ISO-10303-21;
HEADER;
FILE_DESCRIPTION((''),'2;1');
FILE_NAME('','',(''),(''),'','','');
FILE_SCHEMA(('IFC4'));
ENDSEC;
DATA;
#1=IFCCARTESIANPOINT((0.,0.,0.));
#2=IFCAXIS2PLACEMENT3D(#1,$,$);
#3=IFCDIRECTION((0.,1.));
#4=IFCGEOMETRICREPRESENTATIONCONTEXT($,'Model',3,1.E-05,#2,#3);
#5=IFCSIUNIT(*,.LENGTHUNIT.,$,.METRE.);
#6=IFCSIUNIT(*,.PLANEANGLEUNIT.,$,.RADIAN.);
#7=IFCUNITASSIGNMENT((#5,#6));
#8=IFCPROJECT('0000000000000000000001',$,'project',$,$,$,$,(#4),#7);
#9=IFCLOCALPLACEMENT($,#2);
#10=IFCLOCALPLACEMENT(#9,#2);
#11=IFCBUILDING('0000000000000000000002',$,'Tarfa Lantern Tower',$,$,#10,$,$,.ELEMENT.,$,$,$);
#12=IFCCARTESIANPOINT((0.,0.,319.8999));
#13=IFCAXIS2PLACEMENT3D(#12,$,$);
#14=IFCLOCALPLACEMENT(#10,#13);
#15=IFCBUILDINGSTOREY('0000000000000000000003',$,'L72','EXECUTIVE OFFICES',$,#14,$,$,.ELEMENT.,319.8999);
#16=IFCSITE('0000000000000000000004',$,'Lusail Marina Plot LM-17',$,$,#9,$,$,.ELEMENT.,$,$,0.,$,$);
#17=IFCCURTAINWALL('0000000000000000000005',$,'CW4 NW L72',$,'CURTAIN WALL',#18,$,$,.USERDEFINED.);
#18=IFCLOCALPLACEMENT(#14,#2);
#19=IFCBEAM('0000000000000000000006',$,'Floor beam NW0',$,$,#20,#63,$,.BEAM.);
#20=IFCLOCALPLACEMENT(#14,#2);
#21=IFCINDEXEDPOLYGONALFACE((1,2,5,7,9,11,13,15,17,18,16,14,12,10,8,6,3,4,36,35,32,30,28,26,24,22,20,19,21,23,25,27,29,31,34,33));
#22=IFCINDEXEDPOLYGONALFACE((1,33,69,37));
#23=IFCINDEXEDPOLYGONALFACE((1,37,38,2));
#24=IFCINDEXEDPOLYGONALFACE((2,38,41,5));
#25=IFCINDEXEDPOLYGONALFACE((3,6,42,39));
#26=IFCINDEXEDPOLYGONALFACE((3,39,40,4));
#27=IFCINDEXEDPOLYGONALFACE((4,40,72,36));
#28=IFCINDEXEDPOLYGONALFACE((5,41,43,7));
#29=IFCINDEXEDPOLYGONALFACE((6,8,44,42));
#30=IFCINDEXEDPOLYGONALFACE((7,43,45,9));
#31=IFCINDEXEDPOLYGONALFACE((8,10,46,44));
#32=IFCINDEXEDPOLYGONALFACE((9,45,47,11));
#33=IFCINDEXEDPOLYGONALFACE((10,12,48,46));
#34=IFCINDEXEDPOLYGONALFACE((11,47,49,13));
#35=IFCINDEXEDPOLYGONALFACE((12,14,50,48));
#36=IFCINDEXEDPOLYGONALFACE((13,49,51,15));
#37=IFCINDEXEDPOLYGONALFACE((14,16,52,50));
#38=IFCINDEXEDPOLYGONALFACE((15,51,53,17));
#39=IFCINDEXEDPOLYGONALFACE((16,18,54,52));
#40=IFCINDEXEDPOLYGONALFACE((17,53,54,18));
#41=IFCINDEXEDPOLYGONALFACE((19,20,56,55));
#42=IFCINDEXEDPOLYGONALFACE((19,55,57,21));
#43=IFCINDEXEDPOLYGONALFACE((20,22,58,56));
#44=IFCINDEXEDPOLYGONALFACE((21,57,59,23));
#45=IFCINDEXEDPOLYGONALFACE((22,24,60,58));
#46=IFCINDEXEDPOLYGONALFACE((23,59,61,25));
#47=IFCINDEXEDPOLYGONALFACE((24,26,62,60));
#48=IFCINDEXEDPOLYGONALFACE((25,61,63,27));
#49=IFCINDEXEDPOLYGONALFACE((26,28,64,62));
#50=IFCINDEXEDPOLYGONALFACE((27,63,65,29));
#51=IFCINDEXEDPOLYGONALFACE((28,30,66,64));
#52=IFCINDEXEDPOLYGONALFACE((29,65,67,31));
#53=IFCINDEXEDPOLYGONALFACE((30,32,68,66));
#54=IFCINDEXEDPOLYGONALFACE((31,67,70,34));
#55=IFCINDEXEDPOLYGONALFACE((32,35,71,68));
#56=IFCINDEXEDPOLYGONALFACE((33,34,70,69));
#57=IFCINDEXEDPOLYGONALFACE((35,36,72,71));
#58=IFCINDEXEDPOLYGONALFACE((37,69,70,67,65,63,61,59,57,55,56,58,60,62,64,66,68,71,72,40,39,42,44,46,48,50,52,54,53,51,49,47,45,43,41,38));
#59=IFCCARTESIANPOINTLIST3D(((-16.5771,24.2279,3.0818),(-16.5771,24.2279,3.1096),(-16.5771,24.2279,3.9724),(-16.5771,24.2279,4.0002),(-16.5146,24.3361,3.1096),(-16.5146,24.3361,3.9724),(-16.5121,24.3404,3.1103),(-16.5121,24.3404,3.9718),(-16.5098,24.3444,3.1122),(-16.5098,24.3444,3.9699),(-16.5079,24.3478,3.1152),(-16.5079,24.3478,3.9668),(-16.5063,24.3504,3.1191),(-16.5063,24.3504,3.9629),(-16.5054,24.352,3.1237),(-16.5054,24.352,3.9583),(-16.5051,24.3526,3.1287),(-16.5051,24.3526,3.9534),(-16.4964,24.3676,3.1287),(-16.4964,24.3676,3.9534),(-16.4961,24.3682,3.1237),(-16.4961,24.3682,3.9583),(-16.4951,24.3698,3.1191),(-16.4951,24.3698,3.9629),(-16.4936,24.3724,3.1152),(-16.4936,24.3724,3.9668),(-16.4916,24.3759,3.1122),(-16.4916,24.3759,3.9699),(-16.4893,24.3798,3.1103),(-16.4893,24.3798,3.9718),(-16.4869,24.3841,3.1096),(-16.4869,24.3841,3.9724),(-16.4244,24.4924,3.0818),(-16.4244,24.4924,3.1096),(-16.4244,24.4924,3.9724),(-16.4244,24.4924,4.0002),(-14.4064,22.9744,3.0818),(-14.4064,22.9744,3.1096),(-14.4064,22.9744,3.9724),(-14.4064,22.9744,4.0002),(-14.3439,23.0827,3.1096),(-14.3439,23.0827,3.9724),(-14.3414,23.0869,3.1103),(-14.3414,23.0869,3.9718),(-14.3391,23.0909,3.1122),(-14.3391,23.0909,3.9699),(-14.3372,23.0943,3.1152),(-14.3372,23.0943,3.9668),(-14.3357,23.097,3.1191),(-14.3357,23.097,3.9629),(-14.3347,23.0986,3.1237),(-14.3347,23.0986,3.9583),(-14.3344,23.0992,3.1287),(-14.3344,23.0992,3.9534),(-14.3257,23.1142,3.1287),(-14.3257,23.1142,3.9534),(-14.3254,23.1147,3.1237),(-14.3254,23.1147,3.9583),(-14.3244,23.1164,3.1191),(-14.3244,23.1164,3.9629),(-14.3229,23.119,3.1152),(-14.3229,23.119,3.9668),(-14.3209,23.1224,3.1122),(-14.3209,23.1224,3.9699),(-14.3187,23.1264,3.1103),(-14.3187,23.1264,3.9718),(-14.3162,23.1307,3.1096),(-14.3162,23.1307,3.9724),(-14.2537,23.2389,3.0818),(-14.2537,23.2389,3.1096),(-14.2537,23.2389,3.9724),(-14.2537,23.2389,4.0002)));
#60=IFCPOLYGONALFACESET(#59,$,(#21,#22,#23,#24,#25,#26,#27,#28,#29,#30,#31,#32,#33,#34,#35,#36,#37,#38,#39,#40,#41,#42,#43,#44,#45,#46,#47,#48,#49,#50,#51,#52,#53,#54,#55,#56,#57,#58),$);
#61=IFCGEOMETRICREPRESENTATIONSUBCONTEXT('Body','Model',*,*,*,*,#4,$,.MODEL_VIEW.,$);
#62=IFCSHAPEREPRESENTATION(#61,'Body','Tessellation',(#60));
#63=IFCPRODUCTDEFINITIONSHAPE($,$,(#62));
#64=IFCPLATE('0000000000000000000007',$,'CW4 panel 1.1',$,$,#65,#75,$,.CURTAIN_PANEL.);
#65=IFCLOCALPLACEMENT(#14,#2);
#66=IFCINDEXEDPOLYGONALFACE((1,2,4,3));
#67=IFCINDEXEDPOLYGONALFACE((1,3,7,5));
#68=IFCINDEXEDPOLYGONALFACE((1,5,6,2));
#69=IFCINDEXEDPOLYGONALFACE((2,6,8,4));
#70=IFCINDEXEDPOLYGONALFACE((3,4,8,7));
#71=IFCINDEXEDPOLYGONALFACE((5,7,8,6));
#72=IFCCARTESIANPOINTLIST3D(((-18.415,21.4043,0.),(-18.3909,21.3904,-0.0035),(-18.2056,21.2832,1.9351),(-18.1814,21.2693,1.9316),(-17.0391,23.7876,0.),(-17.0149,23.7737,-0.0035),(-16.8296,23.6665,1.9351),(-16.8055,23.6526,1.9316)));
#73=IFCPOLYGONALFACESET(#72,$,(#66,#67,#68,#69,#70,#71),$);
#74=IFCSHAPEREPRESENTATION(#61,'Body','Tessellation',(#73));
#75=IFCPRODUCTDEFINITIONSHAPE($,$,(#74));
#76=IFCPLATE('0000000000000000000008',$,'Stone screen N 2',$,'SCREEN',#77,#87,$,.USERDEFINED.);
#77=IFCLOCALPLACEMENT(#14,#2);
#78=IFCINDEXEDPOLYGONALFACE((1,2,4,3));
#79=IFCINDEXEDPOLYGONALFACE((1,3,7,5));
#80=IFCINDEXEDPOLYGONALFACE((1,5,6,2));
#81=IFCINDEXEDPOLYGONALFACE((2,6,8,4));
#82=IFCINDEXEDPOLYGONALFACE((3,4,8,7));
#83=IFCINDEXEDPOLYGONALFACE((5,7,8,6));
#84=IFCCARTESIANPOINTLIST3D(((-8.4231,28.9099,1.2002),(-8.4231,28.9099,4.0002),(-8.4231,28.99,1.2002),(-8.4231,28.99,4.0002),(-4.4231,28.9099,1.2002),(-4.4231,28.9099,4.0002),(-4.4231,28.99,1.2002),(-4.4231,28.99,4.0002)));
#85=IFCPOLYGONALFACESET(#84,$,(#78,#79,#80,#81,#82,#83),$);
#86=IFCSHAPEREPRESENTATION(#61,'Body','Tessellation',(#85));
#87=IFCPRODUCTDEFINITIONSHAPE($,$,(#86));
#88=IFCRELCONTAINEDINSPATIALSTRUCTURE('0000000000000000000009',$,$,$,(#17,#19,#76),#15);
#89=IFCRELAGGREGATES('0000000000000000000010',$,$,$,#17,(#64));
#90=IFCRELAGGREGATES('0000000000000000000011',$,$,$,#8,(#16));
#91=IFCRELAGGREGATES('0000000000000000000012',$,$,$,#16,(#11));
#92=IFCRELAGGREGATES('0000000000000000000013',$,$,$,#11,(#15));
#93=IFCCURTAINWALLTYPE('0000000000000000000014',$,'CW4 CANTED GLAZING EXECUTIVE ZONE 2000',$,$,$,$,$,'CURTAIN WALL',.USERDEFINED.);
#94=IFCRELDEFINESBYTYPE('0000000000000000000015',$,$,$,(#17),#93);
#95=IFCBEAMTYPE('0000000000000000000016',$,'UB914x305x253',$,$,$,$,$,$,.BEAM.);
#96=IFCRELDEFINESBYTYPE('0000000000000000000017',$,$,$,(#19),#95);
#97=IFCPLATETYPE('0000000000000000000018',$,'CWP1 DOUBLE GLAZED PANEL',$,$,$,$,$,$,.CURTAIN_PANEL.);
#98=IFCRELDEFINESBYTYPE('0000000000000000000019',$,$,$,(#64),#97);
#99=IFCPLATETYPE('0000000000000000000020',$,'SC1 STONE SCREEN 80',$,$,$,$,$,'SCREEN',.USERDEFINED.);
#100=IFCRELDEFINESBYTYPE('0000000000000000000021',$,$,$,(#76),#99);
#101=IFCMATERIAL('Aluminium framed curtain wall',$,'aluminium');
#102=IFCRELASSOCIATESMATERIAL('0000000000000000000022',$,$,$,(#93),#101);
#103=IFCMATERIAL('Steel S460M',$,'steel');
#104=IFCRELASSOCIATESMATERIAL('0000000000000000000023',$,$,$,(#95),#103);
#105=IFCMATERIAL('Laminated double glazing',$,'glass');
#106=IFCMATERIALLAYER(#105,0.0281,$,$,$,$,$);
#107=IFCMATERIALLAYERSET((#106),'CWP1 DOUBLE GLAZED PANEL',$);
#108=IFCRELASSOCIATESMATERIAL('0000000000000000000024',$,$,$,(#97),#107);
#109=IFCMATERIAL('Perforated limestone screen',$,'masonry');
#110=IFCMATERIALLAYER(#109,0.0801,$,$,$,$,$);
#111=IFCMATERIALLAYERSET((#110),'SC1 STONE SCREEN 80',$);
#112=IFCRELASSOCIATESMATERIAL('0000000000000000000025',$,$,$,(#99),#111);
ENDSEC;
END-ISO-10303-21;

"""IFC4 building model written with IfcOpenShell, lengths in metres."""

from ifc_helpers import new_model, si_unit, direction, frame, origin, origin_2d, place, context, subcontext, project, spatial, polyline, rectangle, i_section, outline, extrude, material, layer, layer_set, material_profile, profile_set, type_object, element, aggregate, save


model = new_model("IFC4")

# Units and contexts
model_context = context("Model", 3, precision=1e-05, world=origin(), true_north=direction((0.0, 1.0)))
body_context = subcontext(model_context, "Body", "Model", "MODEL_VIEW")
ifc_project = project(units=[si_unit("LENGTHUNIT", "METRE"), si_unit("PLANEANGLEUNIT", "RADIAN")], contexts=[model_context])

# Site, building, storey
site_placement = place(None, origin())
site = spatial("IfcSite", under=ifc_project, at=site_placement, Name="Lusail Marina Plot LM-17", CompositionType="ELEMENT", RefElevation=0.0)
building_placement = place(site_placement, origin())
building = spatial("IfcBuilding", under=site, at=building_placement, Name="Tarfa Lantern Tower", CompositionType="ELEMENT")
storey_placement = place(building_placement, frame((0.0, 0.0, 319.8999)))
storey = spatial("IfcBuildingStorey", under=building, at=storey_placement, Name="L72", Description="EXECUTIVE OFFICES", CompositionType="ELEMENT", Elevation=319.8999)

# Curtain wall
ifc_material_1 = material(Name="Aluminium framed curtain wall", Category="aluminium")
curtain_wall_type = type_object("IfcCurtainWallType", Name="CW4 CANTED GLAZING EXECUTIVE ZONE 2000", ElementType="CURTAIN WALL", PredefinedType="USERDEFINED", material=ifc_material_1)
curtain_wall_placement = place(storey_placement, origin())
curtain_wall = element("IfcCurtainWall", 1, at=curtain_wall_placement, inside=storey, type_object=curtain_wall_type, Name="CW4 NW L72", ObjectType="CURTAIN WALL", PredefinedType="USERDEFINED")

# Beam
ifc_material_2 = material(Name="Steel S460M", Category="steel")
ifc_material_profile_1 = material_profile(ifc_material_2, i_section(OverallWidth=0.3054, OverallDepth=0.9185, WebThickness=0.0173, FlangeThickness=0.0278, FilletRadius=0.019, at=origin_2d()), Name="UB914x305x253")
ifc_profile_set_1 = profile_set([ifc_material_profile_1], Name="Steel S460M")
beam_type_1 = type_object("IfcBeamType", Name="UB914x305x253", PredefinedType="BEAM", material=ifc_profile_set_1)
beam_1_placement = place(storey_placement, frame((-16.5007, 24.3601, 3.541), z_axis=(0.865993, -0.500057, 0.0), x_axis=(0.500057, 0.865993, 0.0)))
element("IfcBeam", 2, at=beam_1_placement, inside=storey, type_object=beam_type_1, Name="Floor beam NW0", PredefinedType="BEAM", context=body_context, shape_type="SweptSolid", body=[
    extrude(i_section(OverallWidth=0.3054, OverallDepth=0.9185, WebThickness=0.0173, FlangeThickness=0.0278, FilletRadius=0.019, at=origin_2d()), origin(), (0.0, 0.0, 1.0), 2.5066),
])

# Plates
ifc_material_3 = material(Name="Laminated double glazing", Category="glass")
ifc_layer_1 = layer(ifc_material_3, 0.0281)
ifc_layer_set_1 = layer_set([ifc_layer_1], Name="CWP1 DOUBLE GLAZED PANEL")
plate_type_1 = type_object("IfcPlateType", Name="CWP1 DOUBLE GLAZED PANEL", PredefinedType="CURTAIN_PANEL", material=ifc_layer_set_1)
plate_1_placement = place(storey_placement, frame((-17.0391, 23.7876, 0.0), z_axis=(-0.859337, 0.49613, 0.124072), x_axis=(-0.499994, -0.866029, 0.0)))
plate_1 = element("IfcPlate", 3, at=plate_1_placement, type_object=plate_type_1, Name="CW4 panel 1.1", PredefinedType="CURTAIN_PANEL", context=body_context, shape_type="SweptSolid", body=[
    extrude(outline(polyline([(0.0, 0.0), (2.752, 0.0), (2.7521, 1.9501), (0.0001, 1.9501), (0.0, 0.0)])), origin(), (0.0, 0.0, -1.0), 0.0281),
])
aggregate(curtain_wall, [plate_1])
ifc_material_4 = material(Name="Perforated limestone screen", Category="masonry")
ifc_layer_2 = layer(ifc_material_4, 0.0801)
ifc_layer_set_2 = layer_set([ifc_layer_2], Name="SC1 STONE SCREEN 80")
plate_type_2 = type_object("IfcPlateType", Name="SC1 STONE SCREEN 80", ElementType="SCREEN", PredefinedType="USERDEFINED", material=ifc_layer_set_2)
plate_2_placement = place(storey_placement, frame((-6.4231, 28.95, 1.2002), z_axis=(0.0, 0.0, 1.0), x_axis=(-1.0, 0.0, 0.0)))
element("IfcPlate", 4, at=plate_2_placement, inside=storey, type_object=plate_type_2, Name="Stone screen N 2", ObjectType="SCREEN", PredefinedType="USERDEFINED", context=body_context, shape_type="SweptSolid", body=[
    extrude(rectangle(XDim=4.0, YDim=0.0801, at=origin_2d()), origin(), (0.0, 0.0, 1.0), 2.8),
])

save(model, "model.ifc")
